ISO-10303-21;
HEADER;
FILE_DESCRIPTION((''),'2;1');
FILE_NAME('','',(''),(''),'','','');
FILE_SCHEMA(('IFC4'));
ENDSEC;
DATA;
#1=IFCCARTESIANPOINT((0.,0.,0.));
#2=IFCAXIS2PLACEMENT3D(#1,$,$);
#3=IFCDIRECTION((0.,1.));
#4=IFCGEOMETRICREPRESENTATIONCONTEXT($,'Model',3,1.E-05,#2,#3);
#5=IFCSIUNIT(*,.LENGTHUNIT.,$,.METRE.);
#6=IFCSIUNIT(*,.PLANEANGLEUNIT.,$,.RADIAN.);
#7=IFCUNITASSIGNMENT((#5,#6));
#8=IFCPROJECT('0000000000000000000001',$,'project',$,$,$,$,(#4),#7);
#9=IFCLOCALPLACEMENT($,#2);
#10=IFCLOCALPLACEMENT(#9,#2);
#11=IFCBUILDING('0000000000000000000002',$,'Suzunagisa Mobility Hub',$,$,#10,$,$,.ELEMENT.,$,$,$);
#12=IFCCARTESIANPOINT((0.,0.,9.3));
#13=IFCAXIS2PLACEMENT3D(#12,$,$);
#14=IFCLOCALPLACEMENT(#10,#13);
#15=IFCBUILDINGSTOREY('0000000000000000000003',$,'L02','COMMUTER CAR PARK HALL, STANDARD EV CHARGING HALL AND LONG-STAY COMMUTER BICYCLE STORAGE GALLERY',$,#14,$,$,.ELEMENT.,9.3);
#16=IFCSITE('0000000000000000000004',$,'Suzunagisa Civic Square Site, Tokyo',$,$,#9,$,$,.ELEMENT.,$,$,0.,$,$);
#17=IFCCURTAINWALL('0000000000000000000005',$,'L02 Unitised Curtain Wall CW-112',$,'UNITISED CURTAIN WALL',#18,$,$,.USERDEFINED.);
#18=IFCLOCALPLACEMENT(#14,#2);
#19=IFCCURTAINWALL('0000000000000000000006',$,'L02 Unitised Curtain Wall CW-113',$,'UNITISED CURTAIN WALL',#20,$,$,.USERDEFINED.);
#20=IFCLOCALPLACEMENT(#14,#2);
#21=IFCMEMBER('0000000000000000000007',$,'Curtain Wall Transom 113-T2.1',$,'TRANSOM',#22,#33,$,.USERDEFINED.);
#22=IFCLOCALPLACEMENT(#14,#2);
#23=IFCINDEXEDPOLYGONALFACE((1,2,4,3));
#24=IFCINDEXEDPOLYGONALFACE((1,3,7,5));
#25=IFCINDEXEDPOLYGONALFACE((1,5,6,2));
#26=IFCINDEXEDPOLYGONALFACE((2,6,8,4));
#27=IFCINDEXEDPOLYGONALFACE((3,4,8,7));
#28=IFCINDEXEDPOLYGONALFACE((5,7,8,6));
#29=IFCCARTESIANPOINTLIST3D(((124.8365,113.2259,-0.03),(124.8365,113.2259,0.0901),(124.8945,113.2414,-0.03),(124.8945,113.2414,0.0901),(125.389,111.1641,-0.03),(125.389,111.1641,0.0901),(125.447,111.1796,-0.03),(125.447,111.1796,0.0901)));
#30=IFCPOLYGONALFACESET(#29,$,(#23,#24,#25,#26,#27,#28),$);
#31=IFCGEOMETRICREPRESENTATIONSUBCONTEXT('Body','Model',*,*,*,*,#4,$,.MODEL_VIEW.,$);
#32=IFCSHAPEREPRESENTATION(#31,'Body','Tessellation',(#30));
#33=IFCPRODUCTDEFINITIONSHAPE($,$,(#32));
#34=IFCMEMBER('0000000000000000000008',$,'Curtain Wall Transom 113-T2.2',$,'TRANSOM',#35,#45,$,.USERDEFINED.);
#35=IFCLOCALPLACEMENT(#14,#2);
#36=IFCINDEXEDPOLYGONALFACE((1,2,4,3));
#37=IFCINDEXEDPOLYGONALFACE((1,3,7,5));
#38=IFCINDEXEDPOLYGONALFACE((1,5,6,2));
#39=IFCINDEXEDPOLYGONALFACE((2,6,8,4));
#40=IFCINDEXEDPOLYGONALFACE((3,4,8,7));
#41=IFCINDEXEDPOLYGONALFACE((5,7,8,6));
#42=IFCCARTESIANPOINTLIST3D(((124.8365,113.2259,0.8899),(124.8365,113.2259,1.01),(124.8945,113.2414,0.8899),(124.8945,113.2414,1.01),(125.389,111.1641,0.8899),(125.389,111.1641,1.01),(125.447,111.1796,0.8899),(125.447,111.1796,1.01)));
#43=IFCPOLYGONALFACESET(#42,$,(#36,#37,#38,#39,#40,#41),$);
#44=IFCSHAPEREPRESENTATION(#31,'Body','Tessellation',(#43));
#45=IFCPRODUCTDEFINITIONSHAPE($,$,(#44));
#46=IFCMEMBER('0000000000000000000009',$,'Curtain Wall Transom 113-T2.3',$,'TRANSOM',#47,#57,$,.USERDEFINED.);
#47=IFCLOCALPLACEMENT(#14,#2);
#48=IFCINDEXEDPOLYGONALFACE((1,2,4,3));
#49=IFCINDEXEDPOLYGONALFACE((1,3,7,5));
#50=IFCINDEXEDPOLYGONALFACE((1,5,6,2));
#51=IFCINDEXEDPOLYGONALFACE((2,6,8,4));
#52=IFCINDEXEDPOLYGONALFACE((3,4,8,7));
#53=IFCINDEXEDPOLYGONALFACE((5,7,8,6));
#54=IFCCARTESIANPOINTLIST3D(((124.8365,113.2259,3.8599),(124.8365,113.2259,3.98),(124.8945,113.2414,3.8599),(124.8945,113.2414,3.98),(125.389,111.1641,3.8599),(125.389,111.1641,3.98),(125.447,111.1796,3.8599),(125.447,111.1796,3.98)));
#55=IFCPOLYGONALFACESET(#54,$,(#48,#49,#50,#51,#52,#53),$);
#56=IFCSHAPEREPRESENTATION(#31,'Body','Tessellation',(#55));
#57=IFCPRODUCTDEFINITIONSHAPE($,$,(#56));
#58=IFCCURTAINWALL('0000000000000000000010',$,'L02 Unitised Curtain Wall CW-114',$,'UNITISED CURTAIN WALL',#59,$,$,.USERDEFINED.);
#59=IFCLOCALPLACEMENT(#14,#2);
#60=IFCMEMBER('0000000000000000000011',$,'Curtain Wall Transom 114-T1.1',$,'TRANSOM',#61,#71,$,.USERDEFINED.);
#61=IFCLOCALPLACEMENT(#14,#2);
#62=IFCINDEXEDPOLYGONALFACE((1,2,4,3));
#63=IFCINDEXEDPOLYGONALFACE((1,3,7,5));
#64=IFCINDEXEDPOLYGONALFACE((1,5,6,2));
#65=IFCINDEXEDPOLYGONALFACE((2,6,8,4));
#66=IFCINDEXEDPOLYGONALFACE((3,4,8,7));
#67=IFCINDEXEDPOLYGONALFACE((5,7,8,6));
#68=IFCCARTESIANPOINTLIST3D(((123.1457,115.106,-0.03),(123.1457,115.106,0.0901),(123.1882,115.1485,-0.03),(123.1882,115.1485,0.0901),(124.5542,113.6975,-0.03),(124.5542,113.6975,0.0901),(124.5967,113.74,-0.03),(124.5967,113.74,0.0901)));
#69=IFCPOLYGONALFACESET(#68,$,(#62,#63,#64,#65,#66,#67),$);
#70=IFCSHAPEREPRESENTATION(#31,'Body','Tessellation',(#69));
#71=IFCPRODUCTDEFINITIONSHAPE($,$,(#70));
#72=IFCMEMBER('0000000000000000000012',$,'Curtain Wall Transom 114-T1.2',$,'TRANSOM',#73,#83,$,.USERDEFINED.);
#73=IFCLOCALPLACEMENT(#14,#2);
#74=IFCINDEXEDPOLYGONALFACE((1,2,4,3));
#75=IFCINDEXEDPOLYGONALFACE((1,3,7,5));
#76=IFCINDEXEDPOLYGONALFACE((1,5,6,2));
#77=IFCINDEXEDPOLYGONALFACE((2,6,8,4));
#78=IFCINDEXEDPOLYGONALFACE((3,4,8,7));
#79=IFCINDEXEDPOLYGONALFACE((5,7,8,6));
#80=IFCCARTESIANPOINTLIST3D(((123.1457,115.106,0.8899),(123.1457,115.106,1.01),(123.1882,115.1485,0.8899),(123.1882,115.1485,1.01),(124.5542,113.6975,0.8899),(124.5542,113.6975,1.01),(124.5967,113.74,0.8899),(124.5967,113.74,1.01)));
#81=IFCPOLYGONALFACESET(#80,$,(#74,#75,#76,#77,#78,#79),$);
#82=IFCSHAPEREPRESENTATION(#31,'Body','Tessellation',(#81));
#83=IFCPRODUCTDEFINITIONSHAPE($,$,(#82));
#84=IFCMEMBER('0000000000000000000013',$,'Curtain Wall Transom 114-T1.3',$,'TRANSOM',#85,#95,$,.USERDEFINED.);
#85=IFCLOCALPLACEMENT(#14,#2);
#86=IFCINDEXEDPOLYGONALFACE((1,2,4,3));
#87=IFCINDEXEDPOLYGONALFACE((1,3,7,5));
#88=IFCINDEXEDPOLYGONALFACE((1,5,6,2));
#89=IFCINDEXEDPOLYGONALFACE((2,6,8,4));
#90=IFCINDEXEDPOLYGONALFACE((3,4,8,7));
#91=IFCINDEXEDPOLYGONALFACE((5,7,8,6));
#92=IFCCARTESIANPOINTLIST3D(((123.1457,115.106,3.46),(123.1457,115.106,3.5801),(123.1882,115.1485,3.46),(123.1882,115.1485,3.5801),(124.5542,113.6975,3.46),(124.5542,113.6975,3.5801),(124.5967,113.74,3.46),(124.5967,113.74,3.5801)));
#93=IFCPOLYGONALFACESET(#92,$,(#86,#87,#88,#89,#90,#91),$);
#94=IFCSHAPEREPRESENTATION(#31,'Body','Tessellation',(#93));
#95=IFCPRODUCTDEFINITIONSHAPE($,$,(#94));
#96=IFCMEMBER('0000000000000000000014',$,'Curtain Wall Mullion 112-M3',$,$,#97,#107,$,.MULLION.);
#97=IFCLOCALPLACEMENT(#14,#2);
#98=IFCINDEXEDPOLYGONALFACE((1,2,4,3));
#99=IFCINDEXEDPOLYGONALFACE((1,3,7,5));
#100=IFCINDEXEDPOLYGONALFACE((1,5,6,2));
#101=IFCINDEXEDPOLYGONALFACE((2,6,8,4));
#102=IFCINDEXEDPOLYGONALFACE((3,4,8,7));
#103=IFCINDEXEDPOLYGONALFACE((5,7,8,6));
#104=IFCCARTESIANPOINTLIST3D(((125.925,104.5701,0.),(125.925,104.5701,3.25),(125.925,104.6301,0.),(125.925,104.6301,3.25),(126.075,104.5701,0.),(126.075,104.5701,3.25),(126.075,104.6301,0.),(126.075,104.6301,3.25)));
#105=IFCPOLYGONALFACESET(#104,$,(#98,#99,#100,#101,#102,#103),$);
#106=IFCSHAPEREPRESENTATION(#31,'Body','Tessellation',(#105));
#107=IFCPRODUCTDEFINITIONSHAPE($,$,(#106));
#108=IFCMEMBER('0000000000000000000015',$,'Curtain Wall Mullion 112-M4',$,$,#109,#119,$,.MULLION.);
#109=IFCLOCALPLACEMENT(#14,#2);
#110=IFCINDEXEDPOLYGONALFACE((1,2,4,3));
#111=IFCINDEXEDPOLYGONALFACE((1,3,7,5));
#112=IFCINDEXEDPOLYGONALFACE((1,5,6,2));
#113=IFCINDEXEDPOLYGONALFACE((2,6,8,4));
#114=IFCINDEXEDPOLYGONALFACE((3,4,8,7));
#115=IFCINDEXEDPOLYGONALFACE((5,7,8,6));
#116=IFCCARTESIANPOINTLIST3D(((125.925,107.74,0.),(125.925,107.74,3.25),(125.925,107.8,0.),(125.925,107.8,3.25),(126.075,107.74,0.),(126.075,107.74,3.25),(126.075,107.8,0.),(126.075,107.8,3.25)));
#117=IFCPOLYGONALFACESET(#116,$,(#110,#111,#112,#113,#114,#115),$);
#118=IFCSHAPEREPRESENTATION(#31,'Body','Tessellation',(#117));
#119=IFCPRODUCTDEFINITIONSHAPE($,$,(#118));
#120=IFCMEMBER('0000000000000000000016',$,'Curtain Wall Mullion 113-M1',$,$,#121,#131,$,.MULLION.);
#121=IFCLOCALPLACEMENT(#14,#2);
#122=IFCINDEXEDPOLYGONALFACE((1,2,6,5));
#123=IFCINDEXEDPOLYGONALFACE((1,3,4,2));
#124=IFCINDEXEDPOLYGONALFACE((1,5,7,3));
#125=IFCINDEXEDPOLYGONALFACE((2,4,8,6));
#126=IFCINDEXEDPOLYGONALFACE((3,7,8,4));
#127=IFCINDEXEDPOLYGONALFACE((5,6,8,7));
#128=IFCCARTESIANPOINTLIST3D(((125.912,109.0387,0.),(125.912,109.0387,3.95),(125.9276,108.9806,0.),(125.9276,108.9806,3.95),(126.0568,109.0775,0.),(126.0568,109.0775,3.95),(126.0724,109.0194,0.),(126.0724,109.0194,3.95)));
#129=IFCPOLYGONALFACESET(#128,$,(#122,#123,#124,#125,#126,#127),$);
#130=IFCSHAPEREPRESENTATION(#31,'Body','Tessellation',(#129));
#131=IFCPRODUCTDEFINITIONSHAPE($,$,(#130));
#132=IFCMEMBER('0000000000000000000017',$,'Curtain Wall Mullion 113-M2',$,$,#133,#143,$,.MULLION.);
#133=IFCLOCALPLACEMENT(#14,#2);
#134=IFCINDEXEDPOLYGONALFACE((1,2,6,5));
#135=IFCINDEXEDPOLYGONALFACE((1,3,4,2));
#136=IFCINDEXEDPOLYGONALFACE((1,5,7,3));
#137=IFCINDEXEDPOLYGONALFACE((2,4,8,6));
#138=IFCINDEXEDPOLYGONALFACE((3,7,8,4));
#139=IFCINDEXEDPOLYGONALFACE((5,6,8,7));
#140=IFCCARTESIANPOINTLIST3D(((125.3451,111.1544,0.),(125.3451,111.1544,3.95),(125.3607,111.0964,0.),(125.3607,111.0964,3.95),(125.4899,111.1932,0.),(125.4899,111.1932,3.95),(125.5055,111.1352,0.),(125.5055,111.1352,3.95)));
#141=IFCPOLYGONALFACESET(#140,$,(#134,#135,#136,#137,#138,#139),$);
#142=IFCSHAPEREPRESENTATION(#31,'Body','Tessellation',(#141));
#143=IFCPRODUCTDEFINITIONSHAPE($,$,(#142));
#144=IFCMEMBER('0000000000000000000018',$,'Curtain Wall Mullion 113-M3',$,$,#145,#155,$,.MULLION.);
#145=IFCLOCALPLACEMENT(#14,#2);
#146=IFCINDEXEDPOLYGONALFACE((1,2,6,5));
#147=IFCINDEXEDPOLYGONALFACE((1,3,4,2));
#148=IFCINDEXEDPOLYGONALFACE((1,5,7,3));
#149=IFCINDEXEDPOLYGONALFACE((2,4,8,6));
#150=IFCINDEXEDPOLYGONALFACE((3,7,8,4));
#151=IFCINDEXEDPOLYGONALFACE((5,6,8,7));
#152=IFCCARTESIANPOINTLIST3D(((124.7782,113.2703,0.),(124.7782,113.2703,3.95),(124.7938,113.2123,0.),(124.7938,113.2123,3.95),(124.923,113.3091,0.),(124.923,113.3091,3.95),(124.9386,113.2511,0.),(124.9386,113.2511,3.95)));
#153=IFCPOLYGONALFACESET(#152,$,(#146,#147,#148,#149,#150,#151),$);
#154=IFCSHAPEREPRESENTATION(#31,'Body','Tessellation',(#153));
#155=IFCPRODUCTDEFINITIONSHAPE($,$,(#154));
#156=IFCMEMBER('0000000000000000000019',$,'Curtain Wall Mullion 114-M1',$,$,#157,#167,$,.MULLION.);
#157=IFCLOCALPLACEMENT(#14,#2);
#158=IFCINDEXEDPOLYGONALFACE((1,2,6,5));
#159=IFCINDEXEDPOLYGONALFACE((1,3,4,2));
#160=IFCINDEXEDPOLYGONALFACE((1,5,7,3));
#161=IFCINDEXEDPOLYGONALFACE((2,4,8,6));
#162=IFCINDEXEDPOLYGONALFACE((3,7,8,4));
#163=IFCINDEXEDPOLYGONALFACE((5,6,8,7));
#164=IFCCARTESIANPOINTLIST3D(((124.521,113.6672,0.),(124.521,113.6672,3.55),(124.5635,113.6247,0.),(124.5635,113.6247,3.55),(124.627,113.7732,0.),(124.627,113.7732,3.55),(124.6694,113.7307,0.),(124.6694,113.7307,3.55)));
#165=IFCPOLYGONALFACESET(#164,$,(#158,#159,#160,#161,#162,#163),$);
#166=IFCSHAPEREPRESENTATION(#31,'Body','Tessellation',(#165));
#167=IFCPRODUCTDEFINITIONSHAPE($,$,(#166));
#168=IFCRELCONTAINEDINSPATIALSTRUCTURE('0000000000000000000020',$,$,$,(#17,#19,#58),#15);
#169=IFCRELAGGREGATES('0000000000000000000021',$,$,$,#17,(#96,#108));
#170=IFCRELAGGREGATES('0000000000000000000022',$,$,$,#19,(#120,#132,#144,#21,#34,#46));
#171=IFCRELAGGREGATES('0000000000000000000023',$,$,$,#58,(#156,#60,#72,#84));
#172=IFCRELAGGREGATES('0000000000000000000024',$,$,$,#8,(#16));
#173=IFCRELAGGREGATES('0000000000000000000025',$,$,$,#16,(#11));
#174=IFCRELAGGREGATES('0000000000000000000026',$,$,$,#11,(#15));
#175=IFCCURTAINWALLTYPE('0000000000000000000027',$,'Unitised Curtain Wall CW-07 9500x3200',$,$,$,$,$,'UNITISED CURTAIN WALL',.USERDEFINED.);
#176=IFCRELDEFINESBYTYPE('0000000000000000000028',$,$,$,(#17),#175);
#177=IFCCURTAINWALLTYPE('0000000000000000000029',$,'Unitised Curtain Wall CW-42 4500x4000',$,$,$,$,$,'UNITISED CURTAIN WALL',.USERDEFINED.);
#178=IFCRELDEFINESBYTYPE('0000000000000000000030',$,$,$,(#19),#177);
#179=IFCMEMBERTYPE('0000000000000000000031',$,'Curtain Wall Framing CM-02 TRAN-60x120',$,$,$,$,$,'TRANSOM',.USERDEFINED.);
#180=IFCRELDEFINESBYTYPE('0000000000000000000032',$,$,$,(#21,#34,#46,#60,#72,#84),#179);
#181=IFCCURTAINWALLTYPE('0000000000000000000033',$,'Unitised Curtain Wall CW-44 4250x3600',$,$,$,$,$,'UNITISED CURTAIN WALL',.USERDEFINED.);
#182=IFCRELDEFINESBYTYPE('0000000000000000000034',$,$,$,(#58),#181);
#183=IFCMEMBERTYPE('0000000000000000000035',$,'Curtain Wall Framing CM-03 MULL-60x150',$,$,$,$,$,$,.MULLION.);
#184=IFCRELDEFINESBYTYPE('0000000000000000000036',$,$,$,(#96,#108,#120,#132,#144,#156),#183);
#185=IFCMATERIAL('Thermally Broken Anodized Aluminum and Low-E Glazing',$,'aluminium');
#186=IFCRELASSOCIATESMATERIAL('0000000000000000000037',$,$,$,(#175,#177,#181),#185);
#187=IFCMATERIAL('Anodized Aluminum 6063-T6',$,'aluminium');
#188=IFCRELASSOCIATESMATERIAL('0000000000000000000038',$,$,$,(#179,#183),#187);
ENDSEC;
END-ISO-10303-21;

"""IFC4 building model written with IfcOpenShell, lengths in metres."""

from ifc_helpers import new_model, si_unit, direction, frame, origin, origin_2d, place, context, subcontext, project, spatial, rectangle, extrude, material, material_profile, profile_set, type_object, element, aggregate, save


model = new_model("IFC4")

# Units and contexts
model_context = context("Model", 3, precision=1e-05, world=origin(), true_north=direction((0.0, 1.0)))
body_context = subcontext(model_context, "Body", "Model", "MODEL_VIEW")
ifc_project = project(units=[si_unit("LENGTHUNIT", "METRE"), si_unit("PLANEANGLEUNIT", "RADIAN")], contexts=[model_context])

# Site, building, storey
site_placement = place(None, origin())
site = spatial("IfcSite", under=ifc_project, at=site_placement, Name="Suzunagisa Civic Square Site, Tokyo", CompositionType="ELEMENT", RefElevation=0.0)
building_placement = place(site_placement, origin())
building = spatial("IfcBuilding", under=site, at=building_placement, Name="Suzunagisa Mobility Hub", CompositionType="ELEMENT")
storey_placement = place(building_placement, frame((0.0, 0.0, 9.3)))
storey = spatial("IfcBuildingStorey", under=building, at=storey_placement, Name="L02", Description="COMMUTER CAR PARK HALL, STANDARD EV CHARGING HALL AND LONG-STAY COMMUTER BICYCLE STORAGE GALLERY", CompositionType="ELEMENT", Elevation=9.3)

# Curtain walls, members
ifc_material_1 = material(Name="Thermally Broken Anodized Aluminum and Low-E Glazing", Category="aluminium")
curtain_wall_type_1 = type_object("IfcCurtainWallType", Name="Unitised Curtain Wall CW-07 9500x3200", ElementType="UNITISED CURTAIN WALL", PredefinedType="USERDEFINED", material=ifc_material_1)
curtain_wall_1_placement = place(storey_placement, origin())
curtain_wall_1 = element("IfcCurtainWall", 1, at=curtain_wall_1_placement, inside=storey, type_object=curtain_wall_type_1, Name="L02 Unitised Curtain Wall CW-112", ObjectType="UNITISED CURTAIN WALL", PredefinedType="USERDEFINED")
ifc_material_2 = material(Name="Anodized Aluminum 6063-T6", Category="aluminium")
curtain_wall_type_2 = type_object("IfcCurtainWallType", Name="Unitised Curtain Wall CW-42 4500x4000", ElementType="UNITISED CURTAIN WALL", PredefinedType="USERDEFINED", material=ifc_material_1)
curtain_wall_2_placement = place(storey_placement, origin())
curtain_wall_2 = element("IfcCurtainWall", 2, at=curtain_wall_2_placement, inside=storey, type_object=curtain_wall_type_2, Name="L02 Unitised Curtain Wall CW-113", ObjectType="UNITISED CURTAIN WALL", PredefinedType="USERDEFINED")
ifc_material_profile_1 = material_profile(ifc_material_2, rectangle(XDim=0.0601, YDim=0.1201, at=origin_2d()), Name="TRAN-60x120")
ifc_profile_set_1 = profile_set([ifc_material_profile_1], Name="Anodized Aluminum 6063-T6")
member_type_1 = type_object("IfcMemberType", Name="Curtain Wall Framing CM-02 TRAN-60x120", ElementType="TRANSOM", PredefinedType="USERDEFINED", material=ifc_profile_set_1)
member_1_placement = place(storey_placement, frame((125.418, 111.1719, 0.03), z_axis=(-0.258837, 0.965921, 0.0), x_axis=(-0.965921, -0.258837, 0.0)))
member_1 = element("IfcMember", 3, at=member_1_placement, type_object=member_type_1, Name="Curtain Wall Transom 113-T2.1", ObjectType="TRANSOM", PredefinedType="USERDEFINED", context=body_context, shape_type="SweptSolid", body=[
    extrude(rectangle(XDim=0.0601, YDim=0.1201, at=origin_2d()), origin(), (0.0, 0.0, 1.0), 2.1345),
])
member_2_placement = place(storey_placement, frame((125.418, 111.1719, 0.95), z_axis=(-0.258837, 0.965921, 0.0), x_axis=(-0.965921, -0.258837, 0.0)))
member_2 = element("IfcMember", 4, at=member_2_placement, type_object=member_type_1, Name="Curtain Wall Transom 113-T2.2", ObjectType="TRANSOM", PredefinedType="USERDEFINED", context=body_context, shape_type="SweptSolid", body=[
    extrude(rectangle(XDim=0.0601, YDim=0.1201, at=origin_2d()), origin(), (0.0, 0.0, 1.0), 2.1345),
])
member_3_placement = place(storey_placement, frame((125.418, 111.1719, 3.9199), z_axis=(-0.258837, 0.965921, 0.0), x_axis=(-0.965921, -0.258837, 0.0)))
member_3 = element("IfcMember", 5, at=member_3_placement, type_object=member_type_1, Name="Curtain Wall Transom 113-T2.3", ObjectType="TRANSOM", PredefinedType="USERDEFINED", context=body_context, shape_type="SweptSolid", body=[
    extrude(rectangle(XDim=0.0601, YDim=0.1201, at=origin_2d()), origin(), (0.0, 0.0, 1.0), 2.1345),
])
curtain_wall_type_3 = type_object("IfcCurtainWallType", Name="Unitised Curtain Wall CW-44 4250x3600", ElementType="UNITISED CURTAIN WALL", PredefinedType="USERDEFINED", material=ifc_material_1)
curtain_wall_3_placement = place(storey_placement, origin())
curtain_wall_3 = element("IfcCurtainWall", 6, at=curtain_wall_3_placement, inside=storey, type_object=curtain_wall_type_3, Name="L02 Unitised Curtain Wall CW-114", ObjectType="UNITISED CURTAIN WALL", PredefinedType="USERDEFINED")
member_4_placement = place(storey_placement, frame((124.5754, 113.7188, 0.03), z_axis=(-0.707107, 0.707107, 0.0), x_axis=(-0.707107, -0.707107, 0.0)))
member_4 = element("IfcMember", 7, at=member_4_placement, type_object=member_type_1, Name="Curtain Wall Transom 114-T1.1", ObjectType="TRANSOM", PredefinedType="USERDEFINED", context=body_context, shape_type="SweptSolid", body=[
    extrude(rectangle(XDim=0.0601, YDim=0.1201, at=origin_2d()), origin(), (0.0, 0.0, 1.0), 1.9919),
])
member_5_placement = place(storey_placement, frame((124.5754, 113.7188, 0.95), z_axis=(-0.707107, 0.707107, 0.0), x_axis=(-0.707107, -0.707107, 0.0)))
member_5 = element("IfcMember", 8, at=member_5_placement, type_object=member_type_1, Name="Curtain Wall Transom 114-T1.2", ObjectType="TRANSOM", PredefinedType="USERDEFINED", context=body_context, shape_type="SweptSolid", body=[
    extrude(rectangle(XDim=0.0601, YDim=0.1201, at=origin_2d()), origin(), (0.0, 0.0, 1.0), 1.9919),
])
member_6_placement = place(storey_placement, frame((124.5754, 113.7188, 3.52), z_axis=(-0.707107, 0.707107, 0.0), x_axis=(-0.707107, -0.707107, 0.0)))
member_6 = element("IfcMember", 9, at=member_6_placement, type_object=member_type_1, Name="Curtain Wall Transom 114-T1.3", ObjectType="TRANSOM", PredefinedType="USERDEFINED", context=body_context, shape_type="SweptSolid", body=[
    extrude(rectangle(XDim=0.0601, YDim=0.1201, at=origin_2d()), origin(), (0.0, 0.0, 1.0), 1.9919),
])

# Members
ifc_material_profile_2 = material_profile(ifc_material_2, rectangle(XDim=0.0601, YDim=0.1499, at=origin_2d()), Name="MULL-60x150")
ifc_profile_set_2 = profile_set([ifc_material_profile_2], Name="Anodized Aluminum 6063-T6")
member_type_2 = type_object("IfcMemberType", Name="Curtain Wall Framing CM-03 MULL-60x150", PredefinedType="MULLION", material=ifc_profile_set_2)
member_7_placement = place(storey_placement, frame((126.0, 104.6001, 0.0), z_axis=(0.0, 0.0, 1.0), x_axis=(0.0, 1.0, 0.0)))
member_7 = element("IfcMember", 10, at=member_7_placement, type_object=member_type_2, Name="Curtain Wall Mullion 112-M3", PredefinedType="MULLION", context=body_context, shape_type="SweptSolid", body=[
    extrude(rectangle(XDim=0.0601, YDim=0.1499, at=origin_2d()), origin(), (0.0, 0.0, 1.0), 3.25),
])
member_8_placement = place(storey_placement, frame((126.0, 107.77, 0.0), z_axis=(0.0, 0.0, 1.0), x_axis=(0.0, 1.0, 0.0)))
member_8 = element("IfcMember", 11, at=member_8_placement, type_object=member_type_2, Name="Curtain Wall Mullion 112-M4", PredefinedType="MULLION", context=body_context, shape_type="SweptSolid", body=[
    extrude(rectangle(XDim=0.0601, YDim=0.1499, at=origin_2d()), origin(), (0.0, 0.0, 1.0), 3.25),
])
member_9_placement = place(storey_placement, frame((125.9922, 109.0291, 0.0), z_axis=(0.0, 0.0, 1.0), x_axis=(-0.258814, 0.965927, 0.0)))
member_9 = element("IfcMember", 12, at=member_9_placement, type_object=member_type_2, Name="Curtain Wall Mullion 113-M1", PredefinedType="MULLION", context=body_context, shape_type="SweptSolid", body=[
    extrude(rectangle(XDim=0.0601, YDim=0.1499, at=origin_2d()), origin(), (0.0, 0.0, 1.0), 3.95),
])
member_10_placement = place(storey_placement, frame((125.4253, 111.1448, 0.0), z_axis=(0.0, 0.0, 1.0), x_axis=(-0.258814, 0.965927, 0.0)))
member_10 = element("IfcMember", 13, at=member_10_placement, type_object=member_type_2, Name="Curtain Wall Mullion 113-M2", PredefinedType="MULLION", context=body_context, shape_type="SweptSolid", body=[
    extrude(rectangle(XDim=0.0601, YDim=0.1499, at=origin_2d()), origin(), (0.0, 0.0, 1.0), 3.95),
])
member_11_placement = place(storey_placement, frame((124.8584, 113.2607, 0.0), z_axis=(0.0, 0.0, 1.0), x_axis=(-0.258814, 0.965927, 0.0)))
member_11 = element("IfcMember", 14, at=member_11_placement, type_object=member_type_2, Name="Curtain Wall Mullion 113-M3", PredefinedType="MULLION", context=body_context, shape_type="SweptSolid", body=[
    extrude(rectangle(XDim=0.0601, YDim=0.1499, at=origin_2d()), origin(), (0.0, 0.0, 1.0), 3.95),
])
member_12_placement = place(storey_placement, frame((124.5952, 113.699, 0.0), z_axis=(0.0, 0.0, 1.0), x_axis=(-0.707107, 0.707107, 0.0)))
member_12 = element("IfcMember", 15, at=member_12_placement, type_object=member_type_2, Name="Curtain Wall Mullion 114-M1", PredefinedType="MULLION", context=body_context, shape_type="SweptSolid", body=[
    extrude(rectangle(XDim=0.0601, YDim=0.1499, at=origin_2d()), origin(), (0.0, 0.0, 1.0), 3.55),
])

aggregate(curtain_wall_1, [member_7, member_8])
aggregate(curtain_wall_2, [member_9, member_10, member_11, member_1, member_2, member_3])
aggregate(curtain_wall_3, [member_12, member_4, member_5, member_6])

save(model, "model.ifc")
